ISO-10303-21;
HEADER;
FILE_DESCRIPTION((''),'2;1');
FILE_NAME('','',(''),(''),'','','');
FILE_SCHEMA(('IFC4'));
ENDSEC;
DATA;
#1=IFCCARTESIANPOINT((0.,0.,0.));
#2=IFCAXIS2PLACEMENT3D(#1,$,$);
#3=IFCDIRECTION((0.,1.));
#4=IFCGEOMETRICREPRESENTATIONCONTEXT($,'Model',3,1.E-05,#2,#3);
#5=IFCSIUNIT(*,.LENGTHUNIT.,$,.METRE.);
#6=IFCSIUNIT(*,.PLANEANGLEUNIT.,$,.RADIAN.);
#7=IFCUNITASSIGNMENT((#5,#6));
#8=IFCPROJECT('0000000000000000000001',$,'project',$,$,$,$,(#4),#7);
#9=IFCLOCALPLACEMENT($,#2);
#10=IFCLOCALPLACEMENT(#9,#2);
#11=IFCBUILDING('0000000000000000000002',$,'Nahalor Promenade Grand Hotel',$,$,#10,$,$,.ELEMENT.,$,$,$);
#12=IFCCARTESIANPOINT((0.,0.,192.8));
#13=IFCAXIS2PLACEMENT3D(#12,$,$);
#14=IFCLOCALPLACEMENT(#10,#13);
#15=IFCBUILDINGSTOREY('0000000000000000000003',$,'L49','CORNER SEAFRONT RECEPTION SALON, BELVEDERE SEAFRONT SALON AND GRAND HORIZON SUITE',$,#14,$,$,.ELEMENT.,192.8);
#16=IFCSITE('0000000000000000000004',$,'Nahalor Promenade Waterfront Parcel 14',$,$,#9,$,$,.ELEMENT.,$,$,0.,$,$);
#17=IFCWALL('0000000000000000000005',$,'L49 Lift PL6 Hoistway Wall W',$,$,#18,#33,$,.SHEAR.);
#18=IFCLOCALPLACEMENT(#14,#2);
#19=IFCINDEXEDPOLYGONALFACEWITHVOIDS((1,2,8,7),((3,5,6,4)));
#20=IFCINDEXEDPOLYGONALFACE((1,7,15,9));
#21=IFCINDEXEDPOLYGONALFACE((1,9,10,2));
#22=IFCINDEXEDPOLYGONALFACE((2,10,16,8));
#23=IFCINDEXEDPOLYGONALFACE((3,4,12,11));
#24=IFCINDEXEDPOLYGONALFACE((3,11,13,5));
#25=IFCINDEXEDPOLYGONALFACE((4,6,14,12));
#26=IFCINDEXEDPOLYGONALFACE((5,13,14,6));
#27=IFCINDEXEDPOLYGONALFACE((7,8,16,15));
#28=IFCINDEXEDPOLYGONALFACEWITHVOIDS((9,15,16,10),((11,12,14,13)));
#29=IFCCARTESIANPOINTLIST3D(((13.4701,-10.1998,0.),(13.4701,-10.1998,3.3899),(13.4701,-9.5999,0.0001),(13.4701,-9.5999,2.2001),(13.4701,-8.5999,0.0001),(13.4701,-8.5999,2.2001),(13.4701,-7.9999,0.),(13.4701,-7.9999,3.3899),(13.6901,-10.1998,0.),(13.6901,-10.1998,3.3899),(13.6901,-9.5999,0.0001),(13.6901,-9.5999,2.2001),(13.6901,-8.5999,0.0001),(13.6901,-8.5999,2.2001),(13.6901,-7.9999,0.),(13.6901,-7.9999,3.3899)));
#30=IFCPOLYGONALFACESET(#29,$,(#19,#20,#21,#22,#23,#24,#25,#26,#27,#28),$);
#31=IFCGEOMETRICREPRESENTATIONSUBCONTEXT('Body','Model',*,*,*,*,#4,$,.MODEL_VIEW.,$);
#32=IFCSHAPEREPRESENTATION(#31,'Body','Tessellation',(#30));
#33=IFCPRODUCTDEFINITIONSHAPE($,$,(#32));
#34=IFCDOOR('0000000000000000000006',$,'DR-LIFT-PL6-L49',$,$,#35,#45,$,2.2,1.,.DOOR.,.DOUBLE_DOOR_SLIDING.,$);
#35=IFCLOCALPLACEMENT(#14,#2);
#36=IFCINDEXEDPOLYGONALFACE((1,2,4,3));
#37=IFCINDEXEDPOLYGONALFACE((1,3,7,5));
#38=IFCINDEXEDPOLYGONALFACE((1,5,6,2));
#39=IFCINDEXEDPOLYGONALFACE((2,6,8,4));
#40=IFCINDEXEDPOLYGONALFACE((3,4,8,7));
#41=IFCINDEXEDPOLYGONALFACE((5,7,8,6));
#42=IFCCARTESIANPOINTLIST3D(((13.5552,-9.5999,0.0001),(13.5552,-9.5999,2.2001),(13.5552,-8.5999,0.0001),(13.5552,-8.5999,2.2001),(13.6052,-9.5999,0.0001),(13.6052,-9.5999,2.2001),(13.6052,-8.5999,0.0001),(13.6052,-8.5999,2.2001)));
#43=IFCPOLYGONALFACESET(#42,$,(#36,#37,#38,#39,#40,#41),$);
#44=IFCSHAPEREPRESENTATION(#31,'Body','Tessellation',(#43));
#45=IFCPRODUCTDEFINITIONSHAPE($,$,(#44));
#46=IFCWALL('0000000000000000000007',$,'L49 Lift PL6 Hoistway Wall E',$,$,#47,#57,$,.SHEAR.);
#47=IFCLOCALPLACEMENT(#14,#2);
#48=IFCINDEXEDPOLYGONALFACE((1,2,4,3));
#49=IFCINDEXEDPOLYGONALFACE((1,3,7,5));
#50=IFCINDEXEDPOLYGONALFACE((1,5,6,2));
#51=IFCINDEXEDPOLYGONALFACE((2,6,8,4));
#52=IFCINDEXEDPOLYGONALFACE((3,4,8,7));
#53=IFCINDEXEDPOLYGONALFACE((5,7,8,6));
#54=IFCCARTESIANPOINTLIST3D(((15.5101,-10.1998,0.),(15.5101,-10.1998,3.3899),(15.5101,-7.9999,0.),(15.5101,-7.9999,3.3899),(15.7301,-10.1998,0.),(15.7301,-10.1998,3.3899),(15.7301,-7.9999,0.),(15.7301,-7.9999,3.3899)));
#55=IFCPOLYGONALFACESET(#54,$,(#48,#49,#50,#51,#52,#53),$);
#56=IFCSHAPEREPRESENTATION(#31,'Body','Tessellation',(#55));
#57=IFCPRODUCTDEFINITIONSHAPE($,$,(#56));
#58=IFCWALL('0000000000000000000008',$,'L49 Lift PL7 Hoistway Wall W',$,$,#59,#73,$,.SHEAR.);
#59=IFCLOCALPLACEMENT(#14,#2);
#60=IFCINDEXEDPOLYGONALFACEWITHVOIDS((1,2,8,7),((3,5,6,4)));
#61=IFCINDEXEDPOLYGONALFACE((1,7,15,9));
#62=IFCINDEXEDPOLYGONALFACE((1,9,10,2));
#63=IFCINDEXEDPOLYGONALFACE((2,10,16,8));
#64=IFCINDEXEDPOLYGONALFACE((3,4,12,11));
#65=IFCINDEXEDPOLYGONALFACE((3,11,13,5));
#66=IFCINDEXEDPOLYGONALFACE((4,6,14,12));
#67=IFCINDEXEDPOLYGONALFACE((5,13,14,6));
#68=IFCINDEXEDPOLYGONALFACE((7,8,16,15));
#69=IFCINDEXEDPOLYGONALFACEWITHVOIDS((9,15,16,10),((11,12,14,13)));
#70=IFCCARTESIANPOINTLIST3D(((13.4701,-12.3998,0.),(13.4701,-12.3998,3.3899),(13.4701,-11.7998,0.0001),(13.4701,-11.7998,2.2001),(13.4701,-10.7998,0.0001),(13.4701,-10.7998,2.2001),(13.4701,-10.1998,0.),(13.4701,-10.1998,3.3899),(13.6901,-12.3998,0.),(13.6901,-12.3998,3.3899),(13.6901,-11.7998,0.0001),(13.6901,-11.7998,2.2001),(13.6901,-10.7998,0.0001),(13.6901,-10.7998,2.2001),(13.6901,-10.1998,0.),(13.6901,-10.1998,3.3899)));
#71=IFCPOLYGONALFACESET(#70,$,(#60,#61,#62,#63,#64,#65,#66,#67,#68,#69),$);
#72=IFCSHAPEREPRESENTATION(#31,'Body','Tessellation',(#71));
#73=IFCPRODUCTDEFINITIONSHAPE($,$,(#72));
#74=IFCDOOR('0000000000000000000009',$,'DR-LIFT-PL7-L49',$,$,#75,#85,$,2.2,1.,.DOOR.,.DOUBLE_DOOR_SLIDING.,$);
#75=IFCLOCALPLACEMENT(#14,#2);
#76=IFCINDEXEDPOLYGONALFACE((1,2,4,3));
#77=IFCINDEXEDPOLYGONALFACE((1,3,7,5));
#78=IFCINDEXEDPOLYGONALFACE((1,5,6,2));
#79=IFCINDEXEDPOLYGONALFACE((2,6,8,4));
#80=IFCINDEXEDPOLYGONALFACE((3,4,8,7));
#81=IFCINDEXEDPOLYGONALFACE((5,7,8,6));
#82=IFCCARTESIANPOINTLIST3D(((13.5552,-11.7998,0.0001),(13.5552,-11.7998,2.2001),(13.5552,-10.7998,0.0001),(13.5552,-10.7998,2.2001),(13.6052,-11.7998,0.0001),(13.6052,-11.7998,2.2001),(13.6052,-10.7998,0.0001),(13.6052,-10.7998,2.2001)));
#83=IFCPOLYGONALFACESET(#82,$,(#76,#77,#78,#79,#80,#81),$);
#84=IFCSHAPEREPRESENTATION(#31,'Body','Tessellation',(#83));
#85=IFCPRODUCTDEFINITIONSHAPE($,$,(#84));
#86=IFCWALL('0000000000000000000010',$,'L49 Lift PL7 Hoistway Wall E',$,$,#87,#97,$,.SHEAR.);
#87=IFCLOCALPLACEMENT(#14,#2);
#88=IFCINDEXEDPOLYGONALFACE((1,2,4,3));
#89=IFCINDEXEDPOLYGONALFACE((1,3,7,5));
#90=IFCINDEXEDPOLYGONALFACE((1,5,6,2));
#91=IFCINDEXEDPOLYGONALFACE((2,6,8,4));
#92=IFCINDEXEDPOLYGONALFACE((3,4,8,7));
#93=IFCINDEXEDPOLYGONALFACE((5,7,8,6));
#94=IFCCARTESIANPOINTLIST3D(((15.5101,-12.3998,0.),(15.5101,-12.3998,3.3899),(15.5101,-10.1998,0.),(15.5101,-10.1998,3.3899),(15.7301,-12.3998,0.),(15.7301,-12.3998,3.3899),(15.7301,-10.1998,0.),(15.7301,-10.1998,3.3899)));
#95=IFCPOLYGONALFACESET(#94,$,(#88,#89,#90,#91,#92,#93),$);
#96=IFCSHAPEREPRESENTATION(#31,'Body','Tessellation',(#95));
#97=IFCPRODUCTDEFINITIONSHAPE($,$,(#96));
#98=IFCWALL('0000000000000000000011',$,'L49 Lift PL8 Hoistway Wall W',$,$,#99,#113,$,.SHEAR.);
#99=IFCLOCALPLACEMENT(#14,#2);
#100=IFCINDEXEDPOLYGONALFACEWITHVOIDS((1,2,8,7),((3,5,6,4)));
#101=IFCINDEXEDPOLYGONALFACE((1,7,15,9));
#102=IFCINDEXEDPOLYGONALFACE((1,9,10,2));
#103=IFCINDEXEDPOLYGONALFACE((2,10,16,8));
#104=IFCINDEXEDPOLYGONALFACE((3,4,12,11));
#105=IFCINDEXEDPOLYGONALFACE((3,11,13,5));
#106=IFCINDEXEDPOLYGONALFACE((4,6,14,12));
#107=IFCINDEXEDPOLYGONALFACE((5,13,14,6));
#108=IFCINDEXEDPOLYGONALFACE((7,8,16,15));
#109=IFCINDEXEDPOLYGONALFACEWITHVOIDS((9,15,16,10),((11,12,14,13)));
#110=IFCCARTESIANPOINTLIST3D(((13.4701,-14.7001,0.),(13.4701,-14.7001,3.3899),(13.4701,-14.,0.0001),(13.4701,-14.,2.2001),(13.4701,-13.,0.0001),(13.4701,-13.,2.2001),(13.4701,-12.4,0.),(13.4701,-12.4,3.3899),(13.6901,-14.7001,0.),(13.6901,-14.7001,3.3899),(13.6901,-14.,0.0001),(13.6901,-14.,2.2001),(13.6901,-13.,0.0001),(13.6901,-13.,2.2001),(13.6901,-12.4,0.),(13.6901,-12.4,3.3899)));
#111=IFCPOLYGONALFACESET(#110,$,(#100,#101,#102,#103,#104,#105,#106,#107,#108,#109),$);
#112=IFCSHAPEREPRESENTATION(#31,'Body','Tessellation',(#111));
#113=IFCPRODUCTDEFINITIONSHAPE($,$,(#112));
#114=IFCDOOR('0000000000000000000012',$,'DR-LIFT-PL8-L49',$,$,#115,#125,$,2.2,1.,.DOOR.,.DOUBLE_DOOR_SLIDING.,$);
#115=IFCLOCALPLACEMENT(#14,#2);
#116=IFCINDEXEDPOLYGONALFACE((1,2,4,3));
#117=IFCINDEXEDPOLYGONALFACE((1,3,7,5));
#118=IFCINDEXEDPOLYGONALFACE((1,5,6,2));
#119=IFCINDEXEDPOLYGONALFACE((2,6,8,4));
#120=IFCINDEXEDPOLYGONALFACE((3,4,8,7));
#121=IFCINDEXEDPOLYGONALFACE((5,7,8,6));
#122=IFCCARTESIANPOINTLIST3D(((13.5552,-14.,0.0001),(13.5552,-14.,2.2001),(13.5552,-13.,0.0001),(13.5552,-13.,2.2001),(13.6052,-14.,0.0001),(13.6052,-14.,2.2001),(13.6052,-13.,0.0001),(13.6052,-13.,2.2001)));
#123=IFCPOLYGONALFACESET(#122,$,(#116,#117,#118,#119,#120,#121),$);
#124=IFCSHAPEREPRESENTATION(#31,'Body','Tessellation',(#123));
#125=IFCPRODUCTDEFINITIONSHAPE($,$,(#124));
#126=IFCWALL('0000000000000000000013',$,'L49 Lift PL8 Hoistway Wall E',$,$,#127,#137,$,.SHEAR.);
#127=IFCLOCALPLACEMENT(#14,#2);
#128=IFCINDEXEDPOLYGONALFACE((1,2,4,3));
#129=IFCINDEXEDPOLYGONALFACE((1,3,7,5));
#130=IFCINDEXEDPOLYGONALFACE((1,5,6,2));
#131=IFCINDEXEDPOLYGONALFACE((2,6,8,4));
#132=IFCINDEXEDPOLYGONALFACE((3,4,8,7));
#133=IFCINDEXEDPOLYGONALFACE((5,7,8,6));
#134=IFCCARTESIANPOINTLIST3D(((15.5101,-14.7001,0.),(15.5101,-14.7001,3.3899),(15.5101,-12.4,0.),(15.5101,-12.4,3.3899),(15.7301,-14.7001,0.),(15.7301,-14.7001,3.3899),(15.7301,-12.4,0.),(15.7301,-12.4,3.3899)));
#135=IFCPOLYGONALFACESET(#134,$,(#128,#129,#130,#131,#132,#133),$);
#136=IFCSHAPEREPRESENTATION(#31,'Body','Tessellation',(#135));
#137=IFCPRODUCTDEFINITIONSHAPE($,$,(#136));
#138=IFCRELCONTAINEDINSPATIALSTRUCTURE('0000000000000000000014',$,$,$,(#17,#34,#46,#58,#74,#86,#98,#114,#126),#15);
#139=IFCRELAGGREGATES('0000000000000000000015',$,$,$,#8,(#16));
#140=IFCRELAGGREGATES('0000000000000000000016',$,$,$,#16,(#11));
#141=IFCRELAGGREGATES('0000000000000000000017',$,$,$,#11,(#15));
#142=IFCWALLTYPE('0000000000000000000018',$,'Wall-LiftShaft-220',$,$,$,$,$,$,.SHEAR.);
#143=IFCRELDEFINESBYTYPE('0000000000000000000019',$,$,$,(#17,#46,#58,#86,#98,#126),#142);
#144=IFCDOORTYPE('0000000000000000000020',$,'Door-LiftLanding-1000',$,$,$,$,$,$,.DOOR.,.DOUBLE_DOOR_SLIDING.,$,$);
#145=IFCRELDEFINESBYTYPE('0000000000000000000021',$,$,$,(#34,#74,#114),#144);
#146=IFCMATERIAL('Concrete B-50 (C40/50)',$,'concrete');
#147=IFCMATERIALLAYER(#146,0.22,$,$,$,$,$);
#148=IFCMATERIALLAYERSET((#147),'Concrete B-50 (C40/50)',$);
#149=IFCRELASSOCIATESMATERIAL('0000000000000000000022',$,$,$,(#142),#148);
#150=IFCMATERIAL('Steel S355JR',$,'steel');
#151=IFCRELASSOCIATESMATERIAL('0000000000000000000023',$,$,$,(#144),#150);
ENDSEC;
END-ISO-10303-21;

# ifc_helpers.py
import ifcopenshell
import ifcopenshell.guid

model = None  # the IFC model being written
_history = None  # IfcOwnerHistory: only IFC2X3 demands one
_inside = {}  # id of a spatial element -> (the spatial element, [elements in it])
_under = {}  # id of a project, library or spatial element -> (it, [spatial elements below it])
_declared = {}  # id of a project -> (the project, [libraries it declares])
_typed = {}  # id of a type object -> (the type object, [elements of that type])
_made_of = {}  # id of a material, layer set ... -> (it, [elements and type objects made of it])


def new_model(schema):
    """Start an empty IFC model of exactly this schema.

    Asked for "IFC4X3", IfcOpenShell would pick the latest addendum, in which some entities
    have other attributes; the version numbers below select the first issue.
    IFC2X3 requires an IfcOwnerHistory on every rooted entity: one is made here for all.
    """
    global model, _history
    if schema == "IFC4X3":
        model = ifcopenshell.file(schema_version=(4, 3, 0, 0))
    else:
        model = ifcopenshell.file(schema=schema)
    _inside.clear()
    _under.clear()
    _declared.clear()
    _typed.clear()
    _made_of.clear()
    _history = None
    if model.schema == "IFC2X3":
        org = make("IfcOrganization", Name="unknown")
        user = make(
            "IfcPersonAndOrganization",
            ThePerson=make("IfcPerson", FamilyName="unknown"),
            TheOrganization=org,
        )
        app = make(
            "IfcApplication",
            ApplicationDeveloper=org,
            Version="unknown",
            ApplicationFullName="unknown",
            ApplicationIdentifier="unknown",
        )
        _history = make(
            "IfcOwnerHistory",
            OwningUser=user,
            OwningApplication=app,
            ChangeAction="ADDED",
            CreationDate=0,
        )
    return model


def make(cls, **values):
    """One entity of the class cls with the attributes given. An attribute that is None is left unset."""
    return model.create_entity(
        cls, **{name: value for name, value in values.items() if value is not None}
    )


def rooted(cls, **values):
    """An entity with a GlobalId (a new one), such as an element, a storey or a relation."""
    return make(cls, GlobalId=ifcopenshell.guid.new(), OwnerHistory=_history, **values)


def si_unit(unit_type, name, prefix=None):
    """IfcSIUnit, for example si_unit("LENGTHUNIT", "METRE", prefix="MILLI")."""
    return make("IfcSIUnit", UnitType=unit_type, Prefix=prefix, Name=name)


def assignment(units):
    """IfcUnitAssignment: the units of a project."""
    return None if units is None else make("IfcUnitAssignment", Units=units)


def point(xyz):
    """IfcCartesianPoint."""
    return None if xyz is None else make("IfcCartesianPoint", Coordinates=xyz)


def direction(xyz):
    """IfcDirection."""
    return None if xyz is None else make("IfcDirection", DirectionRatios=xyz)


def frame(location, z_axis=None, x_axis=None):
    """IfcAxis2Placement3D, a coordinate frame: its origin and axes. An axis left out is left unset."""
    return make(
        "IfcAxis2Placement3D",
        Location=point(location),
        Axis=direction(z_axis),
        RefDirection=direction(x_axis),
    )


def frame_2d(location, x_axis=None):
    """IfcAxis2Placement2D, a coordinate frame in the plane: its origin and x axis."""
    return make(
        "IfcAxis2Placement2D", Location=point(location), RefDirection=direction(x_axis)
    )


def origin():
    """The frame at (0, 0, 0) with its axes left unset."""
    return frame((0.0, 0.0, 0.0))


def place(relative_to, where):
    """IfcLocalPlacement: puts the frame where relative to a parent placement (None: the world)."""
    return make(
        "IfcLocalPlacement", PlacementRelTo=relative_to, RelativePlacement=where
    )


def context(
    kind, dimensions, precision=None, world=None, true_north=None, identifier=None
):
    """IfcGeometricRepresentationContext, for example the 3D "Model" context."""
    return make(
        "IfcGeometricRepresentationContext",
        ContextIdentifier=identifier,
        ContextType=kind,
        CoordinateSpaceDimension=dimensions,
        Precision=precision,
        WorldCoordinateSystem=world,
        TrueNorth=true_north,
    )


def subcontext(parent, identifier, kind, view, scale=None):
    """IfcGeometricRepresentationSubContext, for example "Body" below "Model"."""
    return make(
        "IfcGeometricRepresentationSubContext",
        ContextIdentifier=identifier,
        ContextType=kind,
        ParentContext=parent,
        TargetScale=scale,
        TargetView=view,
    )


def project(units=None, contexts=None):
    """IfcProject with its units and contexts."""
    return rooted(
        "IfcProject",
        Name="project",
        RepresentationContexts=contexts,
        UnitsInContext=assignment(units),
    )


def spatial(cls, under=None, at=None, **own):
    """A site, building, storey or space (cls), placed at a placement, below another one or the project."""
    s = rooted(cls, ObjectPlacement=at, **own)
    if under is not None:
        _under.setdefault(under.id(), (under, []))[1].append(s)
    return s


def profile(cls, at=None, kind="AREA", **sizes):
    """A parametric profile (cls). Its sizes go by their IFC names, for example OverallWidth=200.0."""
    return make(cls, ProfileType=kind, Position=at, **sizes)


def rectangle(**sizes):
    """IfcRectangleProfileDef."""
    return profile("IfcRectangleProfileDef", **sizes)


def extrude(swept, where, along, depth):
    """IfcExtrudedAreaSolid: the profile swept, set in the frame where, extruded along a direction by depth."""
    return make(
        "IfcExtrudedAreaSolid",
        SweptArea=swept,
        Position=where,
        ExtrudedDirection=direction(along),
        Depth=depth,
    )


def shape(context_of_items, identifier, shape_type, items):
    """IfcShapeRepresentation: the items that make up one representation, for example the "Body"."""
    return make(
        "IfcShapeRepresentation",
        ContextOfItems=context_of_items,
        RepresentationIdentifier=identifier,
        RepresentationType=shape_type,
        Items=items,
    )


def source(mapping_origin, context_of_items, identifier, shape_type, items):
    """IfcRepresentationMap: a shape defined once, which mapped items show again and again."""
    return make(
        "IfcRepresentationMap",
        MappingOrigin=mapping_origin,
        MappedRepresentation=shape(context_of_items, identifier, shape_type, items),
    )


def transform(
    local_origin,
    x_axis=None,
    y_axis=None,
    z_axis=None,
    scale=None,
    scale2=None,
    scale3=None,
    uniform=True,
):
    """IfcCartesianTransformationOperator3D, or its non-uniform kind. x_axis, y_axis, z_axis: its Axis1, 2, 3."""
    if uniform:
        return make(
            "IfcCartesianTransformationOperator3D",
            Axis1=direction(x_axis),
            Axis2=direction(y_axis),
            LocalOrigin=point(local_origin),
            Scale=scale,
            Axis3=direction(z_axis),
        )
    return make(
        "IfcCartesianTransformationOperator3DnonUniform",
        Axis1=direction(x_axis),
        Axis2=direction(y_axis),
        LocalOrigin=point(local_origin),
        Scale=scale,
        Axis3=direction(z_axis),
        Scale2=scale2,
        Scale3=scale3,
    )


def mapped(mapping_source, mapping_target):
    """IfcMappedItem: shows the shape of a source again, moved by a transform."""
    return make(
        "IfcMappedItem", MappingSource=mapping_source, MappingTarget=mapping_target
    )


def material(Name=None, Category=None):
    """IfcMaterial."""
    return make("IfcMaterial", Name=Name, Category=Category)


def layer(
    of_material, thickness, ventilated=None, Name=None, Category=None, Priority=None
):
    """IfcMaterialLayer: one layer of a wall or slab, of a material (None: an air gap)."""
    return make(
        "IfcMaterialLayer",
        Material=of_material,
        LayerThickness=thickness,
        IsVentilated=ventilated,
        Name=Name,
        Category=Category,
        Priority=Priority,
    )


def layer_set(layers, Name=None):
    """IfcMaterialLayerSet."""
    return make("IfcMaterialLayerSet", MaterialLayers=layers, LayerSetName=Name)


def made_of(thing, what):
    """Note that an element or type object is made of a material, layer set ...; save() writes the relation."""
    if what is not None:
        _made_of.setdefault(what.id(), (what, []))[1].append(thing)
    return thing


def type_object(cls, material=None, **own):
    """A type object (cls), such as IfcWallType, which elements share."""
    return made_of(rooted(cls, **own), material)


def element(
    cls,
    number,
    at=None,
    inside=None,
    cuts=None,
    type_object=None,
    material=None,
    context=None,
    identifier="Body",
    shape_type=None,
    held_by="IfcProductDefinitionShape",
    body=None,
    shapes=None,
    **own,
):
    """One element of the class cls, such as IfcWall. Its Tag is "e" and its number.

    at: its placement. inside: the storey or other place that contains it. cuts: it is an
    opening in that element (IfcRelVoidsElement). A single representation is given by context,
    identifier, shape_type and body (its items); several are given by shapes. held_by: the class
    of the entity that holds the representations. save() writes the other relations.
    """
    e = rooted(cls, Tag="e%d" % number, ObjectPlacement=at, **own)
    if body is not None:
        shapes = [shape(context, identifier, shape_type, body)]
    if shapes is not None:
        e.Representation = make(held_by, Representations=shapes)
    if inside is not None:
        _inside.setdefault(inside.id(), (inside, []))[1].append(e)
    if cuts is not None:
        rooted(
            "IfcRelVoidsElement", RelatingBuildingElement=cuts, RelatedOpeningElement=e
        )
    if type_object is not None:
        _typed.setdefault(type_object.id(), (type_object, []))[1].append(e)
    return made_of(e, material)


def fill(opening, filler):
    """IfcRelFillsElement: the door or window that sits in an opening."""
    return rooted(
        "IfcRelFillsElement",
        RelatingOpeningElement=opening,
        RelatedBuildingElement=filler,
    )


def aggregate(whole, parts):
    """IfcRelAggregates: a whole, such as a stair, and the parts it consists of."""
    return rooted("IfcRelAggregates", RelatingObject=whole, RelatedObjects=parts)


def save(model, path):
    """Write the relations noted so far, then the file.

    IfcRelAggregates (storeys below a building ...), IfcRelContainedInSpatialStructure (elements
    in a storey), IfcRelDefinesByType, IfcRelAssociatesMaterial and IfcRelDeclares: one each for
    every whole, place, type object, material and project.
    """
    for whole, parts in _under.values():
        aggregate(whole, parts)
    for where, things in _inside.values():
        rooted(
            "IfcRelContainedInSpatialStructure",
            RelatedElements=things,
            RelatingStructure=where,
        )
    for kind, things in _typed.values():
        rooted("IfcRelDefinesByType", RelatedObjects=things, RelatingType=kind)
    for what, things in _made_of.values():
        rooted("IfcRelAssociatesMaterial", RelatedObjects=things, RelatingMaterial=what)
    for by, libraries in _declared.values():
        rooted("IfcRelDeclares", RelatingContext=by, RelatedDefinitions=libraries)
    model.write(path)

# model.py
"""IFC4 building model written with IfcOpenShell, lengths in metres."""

from ifc_helpers import new_model, si_unit, direction, frame, frame_2d, origin, place, context, subcontext, project, spatial, rectangle, extrude, source, transform, mapped, material, layer, layer_set, type_object, element, fill, save


model = new_model("IFC4")

# Units and contexts
model_context = context("Model", 3, precision=1e-05, world=origin(), true_north=direction((0.0, 1.0)))
body_context = subcontext(model_context, "Body", "Model", "MODEL_VIEW")
ifc_project = project(units=[si_unit("LENGTHUNIT", "METRE"), si_unit("PLANEANGLEUNIT", "RADIAN")], contexts=[model_context])

# Site, building, storey
site_placement = place(None, origin())
site = spatial("IfcSite", under=ifc_project, at=site_placement, Name="Nahalor Promenade Waterfront Parcel 14", CompositionType="ELEMENT", RefElevation=0.0)
building_placement = place(site_placement, origin())
building = spatial("IfcBuilding", under=site, at=building_placement, Name="Nahalor Promenade Grand Hotel", CompositionType="ELEMENT")
storey_placement = place(building_placement, frame((0.0, 0.0, 192.8)))
storey = spatial("IfcBuildingStorey", under=building, at=storey_placement, Name="L49", Description="CORNER SEAFRONT RECEPTION SALON, BELVEDERE SEAFRONT SALON AND GRAND HORIZON SUITE", CompositionType="ELEMENT", Elevation=192.8)

# Shared definitions
ifc_material_1 = material(Name="Steel S355JR", Category="steel")

# Shared definitions
ifc_material_2 = material(Name="Concrete B-50 (C40/50)", Category="concrete")
ifc_layer_1 = layer(ifc_material_2, 0.22)
ifc_layer_set_1 = layer_set([ifc_layer_1], Name="Concrete B-50 (C40/50)")
wall_type = type_object("IfcWallType", Name="Wall-LiftShaft-220", PredefinedType="SHEAR", material=ifc_layer_set_1)

# Shared definitions
door_type = type_object("IfcDoorType", Name="Door-LiftLanding-1000", OperationType="DOUBLE_DOOR_SLIDING", PredefinedType="DOOR", material=ifc_material_1)
shared_shape_1 = source(origin(), body_context, "Body", "SweptSolid", [
    extrude(rectangle(XDim=1.0, YDim=2.2, at=frame_2d((0.5, 1.1001))), frame((0.0, 0.0249, 0.0), z_axis=(0.0, -1.0, 0.0), x_axis=(1.0, 0.0, 0.0)), (0.0, 0.0, 1.0), 0.05),
])

# Wall, opening, door
shared_shape_2 = source(origin(), body_context, "Body", "SweptSolid", [
    extrude(rectangle(XDim=2.2, YDim=0.22, at=frame_2d((1.1001, 0.0))), origin(), (0.0, 0.0, 1.0), 3.3899),
])
wall_1_placement = place(storey_placement, frame((13.5801, -10.2, 0.0), z_axis=(0.0, 0.0, 1.0), x_axis=(0.0, 1.0, 0.0)))
wall_1 = element("IfcWall", 1, at=wall_1_placement, inside=storey, type_object=wall_type, Name="L49 Lift PL6 Hoistway Wall W", PredefinedType="SHEAR", context=body_context, shape_type="MappedRepresentation", body=[
    mapped(shared_shape_2, transform((0.0, 0.0, 0.0), scale=1.0)),
])
opening_1_placement = place(wall_1_placement, frame((0.6001, 0.0, 0.0)))
opening_1 = element("IfcOpeningElement", 2, at=opening_1_placement, cuts=wall_1, PredefinedType="OPENING", context=body_context, shape_type="SweptSolid", body=[
    extrude(rectangle(XDim=1.0, YDim=2.2, at=frame_2d((0.5, 1.1001))), frame((0.0, 0.1199, 0.0), z_axis=(0.0, -1.0, 0.0), x_axis=(1.0, 0.0, 0.0)), (0.0, 0.0, 1.0), 0.24),
])
door_1_placement = place(opening_1_placement, origin())
door_1 = element("IfcDoor", 3, at=door_1_placement, inside=storey, type_object=door_type, Name="DR-LIFT-PL6-L49", OperationType="DOUBLE_DOOR_SLIDING", OverallHeight=2.2, OverallWidth=1.0, PredefinedType="DOOR", context=body_context, shape_type="MappedRepresentation", body=[
    mapped(shared_shape_1, transform((0.0, 0.0, 0.0), scale=1.0)),
])
fill(opening_1, door_1)

# Wall
wall_2_placement = place(storey_placement, frame((15.6201, -10.2, 0.0), z_axis=(0.0, 0.0, 1.0), x_axis=(0.0, 1.0, 0.0)))
element("IfcWall", 4, at=wall_2_placement, inside=storey, type_object=wall_type, Name="L49 Lift PL6 Hoistway Wall E", PredefinedType="SHEAR", context=body_context, shape_type="MappedRepresentation", body=[
    mapped(shared_shape_2, transform((0.0, 0.0, 0.0), scale=1.0)),
])

# Wall, opening, door
wall_3_placement = place(storey_placement, frame((13.5801, -12.3999, 0.0), z_axis=(0.0, 0.0, 1.0), x_axis=(0.0, 1.0, 0.0)))
wall_3 = element("IfcWall", 5, at=wall_3_placement, inside=storey, type_object=wall_type, Name="L49 Lift PL7 Hoistway Wall W", PredefinedType="SHEAR", context=body_context, shape_type="MappedRepresentation", body=[
    mapped(shared_shape_2, transform((0.0, 0.0, 0.0), scale=1.0)),
])
opening_2_placement = place(wall_3_placement, frame((0.6001, 0.0, 0.0)))
opening_2 = element("IfcOpeningElement", 6, at=opening_2_placement, cuts=wall_3, PredefinedType="OPENING", context=body_context, shape_type="SweptSolid", body=[
    extrude(rectangle(XDim=1.0, YDim=2.2, at=frame_2d((0.5, 1.1001))), frame((0.0, 0.1199, 0.0), z_axis=(0.0, -1.0, 0.0), x_axis=(1.0, 0.0, 0.0)), (0.0, 0.0, 1.0), 0.24),
])
door_2_placement = place(opening_2_placement, origin())
door_2 = element("IfcDoor", 7, at=door_2_placement, inside=storey, type_object=door_type, Name="DR-LIFT-PL7-L49", OperationType="DOUBLE_DOOR_SLIDING", OverallHeight=2.2, OverallWidth=1.0, PredefinedType="DOOR", context=body_context, shape_type="MappedRepresentation", body=[
    mapped(shared_shape_1, transform((0.0, 0.0, 0.0), scale=1.0)),
])
fill(opening_2, door_2)

# Wall
wall_4_placement = place(storey_placement, frame((15.6201, -12.3999, 0.0), z_axis=(0.0, 0.0, 1.0), x_axis=(0.0, 1.0, 0.0)))
element("IfcWall", 8, at=wall_4_placement, inside=storey, type_object=wall_type, Name="L49 Lift PL7 Hoistway Wall E", PredefinedType="SHEAR", context=body_context, shape_type="MappedRepresentation", body=[
    mapped(shared_shape_2, transform((0.0, 0.0, 0.0), scale=1.0)),
])

# Wall, opening, door
shared_shape_3 = source(origin(), body_context, "Body", "SweptSolid", [
    extrude(rectangle(XDim=2.3, YDim=0.22, at=frame_2d((1.1499, 0.0))), origin(), (0.0, 0.0, 1.0), 3.3899),
])
wall_5_placement = place(storey_placement, frame((13.5801, -14.7, 0.0), z_axis=(0.0, 0.0, 1.0), x_axis=(0.0, 1.0, 0.0)))
wall_5 = element("IfcWall", 9, at=wall_5_placement, inside=storey, type_object=wall_type, Name="L49 Lift PL8 Hoistway Wall W", PredefinedType="SHEAR", context=body_context, shape_type="MappedRepresentation", body=[
    mapped(shared_shape_3, transform((0.0, 0.0, 0.0), scale=1.0)),
])
opening_3_placement = place(wall_5_placement, frame((0.7, 0.0, 0.0)))
opening_3 = element("IfcOpeningElement", 10, at=opening_3_placement, cuts=wall_5, PredefinedType="OPENING", context=body_context, shape_type="SweptSolid", body=[
    extrude(rectangle(XDim=1.0, YDim=2.2, at=frame_2d((0.5, 1.1001))), frame((0.0, 0.1199, 0.0), z_axis=(0.0, -1.0, 0.0), x_axis=(1.0, 0.0, 0.0)), (0.0, 0.0, 1.0), 0.24),
])
door_3_placement = place(opening_3_placement, origin())
door_3 = element("IfcDoor", 11, at=door_3_placement, inside=storey, type_object=door_type, Name="DR-LIFT-PL8-L49", OperationType="DOUBLE_DOOR_SLIDING", OverallHeight=2.2, OverallWidth=1.0, PredefinedType="DOOR", context=body_context, shape_type="MappedRepresentation", body=[
    mapped(shared_shape_1, transform((0.0, 0.0, 0.0), scale=1.0)),
])
fill(opening_3, door_3)

# Wall
wall_6_placement = place(storey_placement, frame((15.6201, -14.7, 0.0), z_axis=(0.0, 0.0, 1.0), x_axis=(0.0, 1.0, 0.0)))
element("IfcWall", 12, at=wall_6_placement, inside=storey, type_object=wall_type, Name="L49 Lift PL8 Hoistway Wall E", PredefinedType="SHEAR", context=body_context, shape_type="MappedRepresentation", body=[
    mapped(shared_shape_3, transform((0.0, 0.0, 0.0), scale=1.0)),
])

save(model, "model.ifc")
